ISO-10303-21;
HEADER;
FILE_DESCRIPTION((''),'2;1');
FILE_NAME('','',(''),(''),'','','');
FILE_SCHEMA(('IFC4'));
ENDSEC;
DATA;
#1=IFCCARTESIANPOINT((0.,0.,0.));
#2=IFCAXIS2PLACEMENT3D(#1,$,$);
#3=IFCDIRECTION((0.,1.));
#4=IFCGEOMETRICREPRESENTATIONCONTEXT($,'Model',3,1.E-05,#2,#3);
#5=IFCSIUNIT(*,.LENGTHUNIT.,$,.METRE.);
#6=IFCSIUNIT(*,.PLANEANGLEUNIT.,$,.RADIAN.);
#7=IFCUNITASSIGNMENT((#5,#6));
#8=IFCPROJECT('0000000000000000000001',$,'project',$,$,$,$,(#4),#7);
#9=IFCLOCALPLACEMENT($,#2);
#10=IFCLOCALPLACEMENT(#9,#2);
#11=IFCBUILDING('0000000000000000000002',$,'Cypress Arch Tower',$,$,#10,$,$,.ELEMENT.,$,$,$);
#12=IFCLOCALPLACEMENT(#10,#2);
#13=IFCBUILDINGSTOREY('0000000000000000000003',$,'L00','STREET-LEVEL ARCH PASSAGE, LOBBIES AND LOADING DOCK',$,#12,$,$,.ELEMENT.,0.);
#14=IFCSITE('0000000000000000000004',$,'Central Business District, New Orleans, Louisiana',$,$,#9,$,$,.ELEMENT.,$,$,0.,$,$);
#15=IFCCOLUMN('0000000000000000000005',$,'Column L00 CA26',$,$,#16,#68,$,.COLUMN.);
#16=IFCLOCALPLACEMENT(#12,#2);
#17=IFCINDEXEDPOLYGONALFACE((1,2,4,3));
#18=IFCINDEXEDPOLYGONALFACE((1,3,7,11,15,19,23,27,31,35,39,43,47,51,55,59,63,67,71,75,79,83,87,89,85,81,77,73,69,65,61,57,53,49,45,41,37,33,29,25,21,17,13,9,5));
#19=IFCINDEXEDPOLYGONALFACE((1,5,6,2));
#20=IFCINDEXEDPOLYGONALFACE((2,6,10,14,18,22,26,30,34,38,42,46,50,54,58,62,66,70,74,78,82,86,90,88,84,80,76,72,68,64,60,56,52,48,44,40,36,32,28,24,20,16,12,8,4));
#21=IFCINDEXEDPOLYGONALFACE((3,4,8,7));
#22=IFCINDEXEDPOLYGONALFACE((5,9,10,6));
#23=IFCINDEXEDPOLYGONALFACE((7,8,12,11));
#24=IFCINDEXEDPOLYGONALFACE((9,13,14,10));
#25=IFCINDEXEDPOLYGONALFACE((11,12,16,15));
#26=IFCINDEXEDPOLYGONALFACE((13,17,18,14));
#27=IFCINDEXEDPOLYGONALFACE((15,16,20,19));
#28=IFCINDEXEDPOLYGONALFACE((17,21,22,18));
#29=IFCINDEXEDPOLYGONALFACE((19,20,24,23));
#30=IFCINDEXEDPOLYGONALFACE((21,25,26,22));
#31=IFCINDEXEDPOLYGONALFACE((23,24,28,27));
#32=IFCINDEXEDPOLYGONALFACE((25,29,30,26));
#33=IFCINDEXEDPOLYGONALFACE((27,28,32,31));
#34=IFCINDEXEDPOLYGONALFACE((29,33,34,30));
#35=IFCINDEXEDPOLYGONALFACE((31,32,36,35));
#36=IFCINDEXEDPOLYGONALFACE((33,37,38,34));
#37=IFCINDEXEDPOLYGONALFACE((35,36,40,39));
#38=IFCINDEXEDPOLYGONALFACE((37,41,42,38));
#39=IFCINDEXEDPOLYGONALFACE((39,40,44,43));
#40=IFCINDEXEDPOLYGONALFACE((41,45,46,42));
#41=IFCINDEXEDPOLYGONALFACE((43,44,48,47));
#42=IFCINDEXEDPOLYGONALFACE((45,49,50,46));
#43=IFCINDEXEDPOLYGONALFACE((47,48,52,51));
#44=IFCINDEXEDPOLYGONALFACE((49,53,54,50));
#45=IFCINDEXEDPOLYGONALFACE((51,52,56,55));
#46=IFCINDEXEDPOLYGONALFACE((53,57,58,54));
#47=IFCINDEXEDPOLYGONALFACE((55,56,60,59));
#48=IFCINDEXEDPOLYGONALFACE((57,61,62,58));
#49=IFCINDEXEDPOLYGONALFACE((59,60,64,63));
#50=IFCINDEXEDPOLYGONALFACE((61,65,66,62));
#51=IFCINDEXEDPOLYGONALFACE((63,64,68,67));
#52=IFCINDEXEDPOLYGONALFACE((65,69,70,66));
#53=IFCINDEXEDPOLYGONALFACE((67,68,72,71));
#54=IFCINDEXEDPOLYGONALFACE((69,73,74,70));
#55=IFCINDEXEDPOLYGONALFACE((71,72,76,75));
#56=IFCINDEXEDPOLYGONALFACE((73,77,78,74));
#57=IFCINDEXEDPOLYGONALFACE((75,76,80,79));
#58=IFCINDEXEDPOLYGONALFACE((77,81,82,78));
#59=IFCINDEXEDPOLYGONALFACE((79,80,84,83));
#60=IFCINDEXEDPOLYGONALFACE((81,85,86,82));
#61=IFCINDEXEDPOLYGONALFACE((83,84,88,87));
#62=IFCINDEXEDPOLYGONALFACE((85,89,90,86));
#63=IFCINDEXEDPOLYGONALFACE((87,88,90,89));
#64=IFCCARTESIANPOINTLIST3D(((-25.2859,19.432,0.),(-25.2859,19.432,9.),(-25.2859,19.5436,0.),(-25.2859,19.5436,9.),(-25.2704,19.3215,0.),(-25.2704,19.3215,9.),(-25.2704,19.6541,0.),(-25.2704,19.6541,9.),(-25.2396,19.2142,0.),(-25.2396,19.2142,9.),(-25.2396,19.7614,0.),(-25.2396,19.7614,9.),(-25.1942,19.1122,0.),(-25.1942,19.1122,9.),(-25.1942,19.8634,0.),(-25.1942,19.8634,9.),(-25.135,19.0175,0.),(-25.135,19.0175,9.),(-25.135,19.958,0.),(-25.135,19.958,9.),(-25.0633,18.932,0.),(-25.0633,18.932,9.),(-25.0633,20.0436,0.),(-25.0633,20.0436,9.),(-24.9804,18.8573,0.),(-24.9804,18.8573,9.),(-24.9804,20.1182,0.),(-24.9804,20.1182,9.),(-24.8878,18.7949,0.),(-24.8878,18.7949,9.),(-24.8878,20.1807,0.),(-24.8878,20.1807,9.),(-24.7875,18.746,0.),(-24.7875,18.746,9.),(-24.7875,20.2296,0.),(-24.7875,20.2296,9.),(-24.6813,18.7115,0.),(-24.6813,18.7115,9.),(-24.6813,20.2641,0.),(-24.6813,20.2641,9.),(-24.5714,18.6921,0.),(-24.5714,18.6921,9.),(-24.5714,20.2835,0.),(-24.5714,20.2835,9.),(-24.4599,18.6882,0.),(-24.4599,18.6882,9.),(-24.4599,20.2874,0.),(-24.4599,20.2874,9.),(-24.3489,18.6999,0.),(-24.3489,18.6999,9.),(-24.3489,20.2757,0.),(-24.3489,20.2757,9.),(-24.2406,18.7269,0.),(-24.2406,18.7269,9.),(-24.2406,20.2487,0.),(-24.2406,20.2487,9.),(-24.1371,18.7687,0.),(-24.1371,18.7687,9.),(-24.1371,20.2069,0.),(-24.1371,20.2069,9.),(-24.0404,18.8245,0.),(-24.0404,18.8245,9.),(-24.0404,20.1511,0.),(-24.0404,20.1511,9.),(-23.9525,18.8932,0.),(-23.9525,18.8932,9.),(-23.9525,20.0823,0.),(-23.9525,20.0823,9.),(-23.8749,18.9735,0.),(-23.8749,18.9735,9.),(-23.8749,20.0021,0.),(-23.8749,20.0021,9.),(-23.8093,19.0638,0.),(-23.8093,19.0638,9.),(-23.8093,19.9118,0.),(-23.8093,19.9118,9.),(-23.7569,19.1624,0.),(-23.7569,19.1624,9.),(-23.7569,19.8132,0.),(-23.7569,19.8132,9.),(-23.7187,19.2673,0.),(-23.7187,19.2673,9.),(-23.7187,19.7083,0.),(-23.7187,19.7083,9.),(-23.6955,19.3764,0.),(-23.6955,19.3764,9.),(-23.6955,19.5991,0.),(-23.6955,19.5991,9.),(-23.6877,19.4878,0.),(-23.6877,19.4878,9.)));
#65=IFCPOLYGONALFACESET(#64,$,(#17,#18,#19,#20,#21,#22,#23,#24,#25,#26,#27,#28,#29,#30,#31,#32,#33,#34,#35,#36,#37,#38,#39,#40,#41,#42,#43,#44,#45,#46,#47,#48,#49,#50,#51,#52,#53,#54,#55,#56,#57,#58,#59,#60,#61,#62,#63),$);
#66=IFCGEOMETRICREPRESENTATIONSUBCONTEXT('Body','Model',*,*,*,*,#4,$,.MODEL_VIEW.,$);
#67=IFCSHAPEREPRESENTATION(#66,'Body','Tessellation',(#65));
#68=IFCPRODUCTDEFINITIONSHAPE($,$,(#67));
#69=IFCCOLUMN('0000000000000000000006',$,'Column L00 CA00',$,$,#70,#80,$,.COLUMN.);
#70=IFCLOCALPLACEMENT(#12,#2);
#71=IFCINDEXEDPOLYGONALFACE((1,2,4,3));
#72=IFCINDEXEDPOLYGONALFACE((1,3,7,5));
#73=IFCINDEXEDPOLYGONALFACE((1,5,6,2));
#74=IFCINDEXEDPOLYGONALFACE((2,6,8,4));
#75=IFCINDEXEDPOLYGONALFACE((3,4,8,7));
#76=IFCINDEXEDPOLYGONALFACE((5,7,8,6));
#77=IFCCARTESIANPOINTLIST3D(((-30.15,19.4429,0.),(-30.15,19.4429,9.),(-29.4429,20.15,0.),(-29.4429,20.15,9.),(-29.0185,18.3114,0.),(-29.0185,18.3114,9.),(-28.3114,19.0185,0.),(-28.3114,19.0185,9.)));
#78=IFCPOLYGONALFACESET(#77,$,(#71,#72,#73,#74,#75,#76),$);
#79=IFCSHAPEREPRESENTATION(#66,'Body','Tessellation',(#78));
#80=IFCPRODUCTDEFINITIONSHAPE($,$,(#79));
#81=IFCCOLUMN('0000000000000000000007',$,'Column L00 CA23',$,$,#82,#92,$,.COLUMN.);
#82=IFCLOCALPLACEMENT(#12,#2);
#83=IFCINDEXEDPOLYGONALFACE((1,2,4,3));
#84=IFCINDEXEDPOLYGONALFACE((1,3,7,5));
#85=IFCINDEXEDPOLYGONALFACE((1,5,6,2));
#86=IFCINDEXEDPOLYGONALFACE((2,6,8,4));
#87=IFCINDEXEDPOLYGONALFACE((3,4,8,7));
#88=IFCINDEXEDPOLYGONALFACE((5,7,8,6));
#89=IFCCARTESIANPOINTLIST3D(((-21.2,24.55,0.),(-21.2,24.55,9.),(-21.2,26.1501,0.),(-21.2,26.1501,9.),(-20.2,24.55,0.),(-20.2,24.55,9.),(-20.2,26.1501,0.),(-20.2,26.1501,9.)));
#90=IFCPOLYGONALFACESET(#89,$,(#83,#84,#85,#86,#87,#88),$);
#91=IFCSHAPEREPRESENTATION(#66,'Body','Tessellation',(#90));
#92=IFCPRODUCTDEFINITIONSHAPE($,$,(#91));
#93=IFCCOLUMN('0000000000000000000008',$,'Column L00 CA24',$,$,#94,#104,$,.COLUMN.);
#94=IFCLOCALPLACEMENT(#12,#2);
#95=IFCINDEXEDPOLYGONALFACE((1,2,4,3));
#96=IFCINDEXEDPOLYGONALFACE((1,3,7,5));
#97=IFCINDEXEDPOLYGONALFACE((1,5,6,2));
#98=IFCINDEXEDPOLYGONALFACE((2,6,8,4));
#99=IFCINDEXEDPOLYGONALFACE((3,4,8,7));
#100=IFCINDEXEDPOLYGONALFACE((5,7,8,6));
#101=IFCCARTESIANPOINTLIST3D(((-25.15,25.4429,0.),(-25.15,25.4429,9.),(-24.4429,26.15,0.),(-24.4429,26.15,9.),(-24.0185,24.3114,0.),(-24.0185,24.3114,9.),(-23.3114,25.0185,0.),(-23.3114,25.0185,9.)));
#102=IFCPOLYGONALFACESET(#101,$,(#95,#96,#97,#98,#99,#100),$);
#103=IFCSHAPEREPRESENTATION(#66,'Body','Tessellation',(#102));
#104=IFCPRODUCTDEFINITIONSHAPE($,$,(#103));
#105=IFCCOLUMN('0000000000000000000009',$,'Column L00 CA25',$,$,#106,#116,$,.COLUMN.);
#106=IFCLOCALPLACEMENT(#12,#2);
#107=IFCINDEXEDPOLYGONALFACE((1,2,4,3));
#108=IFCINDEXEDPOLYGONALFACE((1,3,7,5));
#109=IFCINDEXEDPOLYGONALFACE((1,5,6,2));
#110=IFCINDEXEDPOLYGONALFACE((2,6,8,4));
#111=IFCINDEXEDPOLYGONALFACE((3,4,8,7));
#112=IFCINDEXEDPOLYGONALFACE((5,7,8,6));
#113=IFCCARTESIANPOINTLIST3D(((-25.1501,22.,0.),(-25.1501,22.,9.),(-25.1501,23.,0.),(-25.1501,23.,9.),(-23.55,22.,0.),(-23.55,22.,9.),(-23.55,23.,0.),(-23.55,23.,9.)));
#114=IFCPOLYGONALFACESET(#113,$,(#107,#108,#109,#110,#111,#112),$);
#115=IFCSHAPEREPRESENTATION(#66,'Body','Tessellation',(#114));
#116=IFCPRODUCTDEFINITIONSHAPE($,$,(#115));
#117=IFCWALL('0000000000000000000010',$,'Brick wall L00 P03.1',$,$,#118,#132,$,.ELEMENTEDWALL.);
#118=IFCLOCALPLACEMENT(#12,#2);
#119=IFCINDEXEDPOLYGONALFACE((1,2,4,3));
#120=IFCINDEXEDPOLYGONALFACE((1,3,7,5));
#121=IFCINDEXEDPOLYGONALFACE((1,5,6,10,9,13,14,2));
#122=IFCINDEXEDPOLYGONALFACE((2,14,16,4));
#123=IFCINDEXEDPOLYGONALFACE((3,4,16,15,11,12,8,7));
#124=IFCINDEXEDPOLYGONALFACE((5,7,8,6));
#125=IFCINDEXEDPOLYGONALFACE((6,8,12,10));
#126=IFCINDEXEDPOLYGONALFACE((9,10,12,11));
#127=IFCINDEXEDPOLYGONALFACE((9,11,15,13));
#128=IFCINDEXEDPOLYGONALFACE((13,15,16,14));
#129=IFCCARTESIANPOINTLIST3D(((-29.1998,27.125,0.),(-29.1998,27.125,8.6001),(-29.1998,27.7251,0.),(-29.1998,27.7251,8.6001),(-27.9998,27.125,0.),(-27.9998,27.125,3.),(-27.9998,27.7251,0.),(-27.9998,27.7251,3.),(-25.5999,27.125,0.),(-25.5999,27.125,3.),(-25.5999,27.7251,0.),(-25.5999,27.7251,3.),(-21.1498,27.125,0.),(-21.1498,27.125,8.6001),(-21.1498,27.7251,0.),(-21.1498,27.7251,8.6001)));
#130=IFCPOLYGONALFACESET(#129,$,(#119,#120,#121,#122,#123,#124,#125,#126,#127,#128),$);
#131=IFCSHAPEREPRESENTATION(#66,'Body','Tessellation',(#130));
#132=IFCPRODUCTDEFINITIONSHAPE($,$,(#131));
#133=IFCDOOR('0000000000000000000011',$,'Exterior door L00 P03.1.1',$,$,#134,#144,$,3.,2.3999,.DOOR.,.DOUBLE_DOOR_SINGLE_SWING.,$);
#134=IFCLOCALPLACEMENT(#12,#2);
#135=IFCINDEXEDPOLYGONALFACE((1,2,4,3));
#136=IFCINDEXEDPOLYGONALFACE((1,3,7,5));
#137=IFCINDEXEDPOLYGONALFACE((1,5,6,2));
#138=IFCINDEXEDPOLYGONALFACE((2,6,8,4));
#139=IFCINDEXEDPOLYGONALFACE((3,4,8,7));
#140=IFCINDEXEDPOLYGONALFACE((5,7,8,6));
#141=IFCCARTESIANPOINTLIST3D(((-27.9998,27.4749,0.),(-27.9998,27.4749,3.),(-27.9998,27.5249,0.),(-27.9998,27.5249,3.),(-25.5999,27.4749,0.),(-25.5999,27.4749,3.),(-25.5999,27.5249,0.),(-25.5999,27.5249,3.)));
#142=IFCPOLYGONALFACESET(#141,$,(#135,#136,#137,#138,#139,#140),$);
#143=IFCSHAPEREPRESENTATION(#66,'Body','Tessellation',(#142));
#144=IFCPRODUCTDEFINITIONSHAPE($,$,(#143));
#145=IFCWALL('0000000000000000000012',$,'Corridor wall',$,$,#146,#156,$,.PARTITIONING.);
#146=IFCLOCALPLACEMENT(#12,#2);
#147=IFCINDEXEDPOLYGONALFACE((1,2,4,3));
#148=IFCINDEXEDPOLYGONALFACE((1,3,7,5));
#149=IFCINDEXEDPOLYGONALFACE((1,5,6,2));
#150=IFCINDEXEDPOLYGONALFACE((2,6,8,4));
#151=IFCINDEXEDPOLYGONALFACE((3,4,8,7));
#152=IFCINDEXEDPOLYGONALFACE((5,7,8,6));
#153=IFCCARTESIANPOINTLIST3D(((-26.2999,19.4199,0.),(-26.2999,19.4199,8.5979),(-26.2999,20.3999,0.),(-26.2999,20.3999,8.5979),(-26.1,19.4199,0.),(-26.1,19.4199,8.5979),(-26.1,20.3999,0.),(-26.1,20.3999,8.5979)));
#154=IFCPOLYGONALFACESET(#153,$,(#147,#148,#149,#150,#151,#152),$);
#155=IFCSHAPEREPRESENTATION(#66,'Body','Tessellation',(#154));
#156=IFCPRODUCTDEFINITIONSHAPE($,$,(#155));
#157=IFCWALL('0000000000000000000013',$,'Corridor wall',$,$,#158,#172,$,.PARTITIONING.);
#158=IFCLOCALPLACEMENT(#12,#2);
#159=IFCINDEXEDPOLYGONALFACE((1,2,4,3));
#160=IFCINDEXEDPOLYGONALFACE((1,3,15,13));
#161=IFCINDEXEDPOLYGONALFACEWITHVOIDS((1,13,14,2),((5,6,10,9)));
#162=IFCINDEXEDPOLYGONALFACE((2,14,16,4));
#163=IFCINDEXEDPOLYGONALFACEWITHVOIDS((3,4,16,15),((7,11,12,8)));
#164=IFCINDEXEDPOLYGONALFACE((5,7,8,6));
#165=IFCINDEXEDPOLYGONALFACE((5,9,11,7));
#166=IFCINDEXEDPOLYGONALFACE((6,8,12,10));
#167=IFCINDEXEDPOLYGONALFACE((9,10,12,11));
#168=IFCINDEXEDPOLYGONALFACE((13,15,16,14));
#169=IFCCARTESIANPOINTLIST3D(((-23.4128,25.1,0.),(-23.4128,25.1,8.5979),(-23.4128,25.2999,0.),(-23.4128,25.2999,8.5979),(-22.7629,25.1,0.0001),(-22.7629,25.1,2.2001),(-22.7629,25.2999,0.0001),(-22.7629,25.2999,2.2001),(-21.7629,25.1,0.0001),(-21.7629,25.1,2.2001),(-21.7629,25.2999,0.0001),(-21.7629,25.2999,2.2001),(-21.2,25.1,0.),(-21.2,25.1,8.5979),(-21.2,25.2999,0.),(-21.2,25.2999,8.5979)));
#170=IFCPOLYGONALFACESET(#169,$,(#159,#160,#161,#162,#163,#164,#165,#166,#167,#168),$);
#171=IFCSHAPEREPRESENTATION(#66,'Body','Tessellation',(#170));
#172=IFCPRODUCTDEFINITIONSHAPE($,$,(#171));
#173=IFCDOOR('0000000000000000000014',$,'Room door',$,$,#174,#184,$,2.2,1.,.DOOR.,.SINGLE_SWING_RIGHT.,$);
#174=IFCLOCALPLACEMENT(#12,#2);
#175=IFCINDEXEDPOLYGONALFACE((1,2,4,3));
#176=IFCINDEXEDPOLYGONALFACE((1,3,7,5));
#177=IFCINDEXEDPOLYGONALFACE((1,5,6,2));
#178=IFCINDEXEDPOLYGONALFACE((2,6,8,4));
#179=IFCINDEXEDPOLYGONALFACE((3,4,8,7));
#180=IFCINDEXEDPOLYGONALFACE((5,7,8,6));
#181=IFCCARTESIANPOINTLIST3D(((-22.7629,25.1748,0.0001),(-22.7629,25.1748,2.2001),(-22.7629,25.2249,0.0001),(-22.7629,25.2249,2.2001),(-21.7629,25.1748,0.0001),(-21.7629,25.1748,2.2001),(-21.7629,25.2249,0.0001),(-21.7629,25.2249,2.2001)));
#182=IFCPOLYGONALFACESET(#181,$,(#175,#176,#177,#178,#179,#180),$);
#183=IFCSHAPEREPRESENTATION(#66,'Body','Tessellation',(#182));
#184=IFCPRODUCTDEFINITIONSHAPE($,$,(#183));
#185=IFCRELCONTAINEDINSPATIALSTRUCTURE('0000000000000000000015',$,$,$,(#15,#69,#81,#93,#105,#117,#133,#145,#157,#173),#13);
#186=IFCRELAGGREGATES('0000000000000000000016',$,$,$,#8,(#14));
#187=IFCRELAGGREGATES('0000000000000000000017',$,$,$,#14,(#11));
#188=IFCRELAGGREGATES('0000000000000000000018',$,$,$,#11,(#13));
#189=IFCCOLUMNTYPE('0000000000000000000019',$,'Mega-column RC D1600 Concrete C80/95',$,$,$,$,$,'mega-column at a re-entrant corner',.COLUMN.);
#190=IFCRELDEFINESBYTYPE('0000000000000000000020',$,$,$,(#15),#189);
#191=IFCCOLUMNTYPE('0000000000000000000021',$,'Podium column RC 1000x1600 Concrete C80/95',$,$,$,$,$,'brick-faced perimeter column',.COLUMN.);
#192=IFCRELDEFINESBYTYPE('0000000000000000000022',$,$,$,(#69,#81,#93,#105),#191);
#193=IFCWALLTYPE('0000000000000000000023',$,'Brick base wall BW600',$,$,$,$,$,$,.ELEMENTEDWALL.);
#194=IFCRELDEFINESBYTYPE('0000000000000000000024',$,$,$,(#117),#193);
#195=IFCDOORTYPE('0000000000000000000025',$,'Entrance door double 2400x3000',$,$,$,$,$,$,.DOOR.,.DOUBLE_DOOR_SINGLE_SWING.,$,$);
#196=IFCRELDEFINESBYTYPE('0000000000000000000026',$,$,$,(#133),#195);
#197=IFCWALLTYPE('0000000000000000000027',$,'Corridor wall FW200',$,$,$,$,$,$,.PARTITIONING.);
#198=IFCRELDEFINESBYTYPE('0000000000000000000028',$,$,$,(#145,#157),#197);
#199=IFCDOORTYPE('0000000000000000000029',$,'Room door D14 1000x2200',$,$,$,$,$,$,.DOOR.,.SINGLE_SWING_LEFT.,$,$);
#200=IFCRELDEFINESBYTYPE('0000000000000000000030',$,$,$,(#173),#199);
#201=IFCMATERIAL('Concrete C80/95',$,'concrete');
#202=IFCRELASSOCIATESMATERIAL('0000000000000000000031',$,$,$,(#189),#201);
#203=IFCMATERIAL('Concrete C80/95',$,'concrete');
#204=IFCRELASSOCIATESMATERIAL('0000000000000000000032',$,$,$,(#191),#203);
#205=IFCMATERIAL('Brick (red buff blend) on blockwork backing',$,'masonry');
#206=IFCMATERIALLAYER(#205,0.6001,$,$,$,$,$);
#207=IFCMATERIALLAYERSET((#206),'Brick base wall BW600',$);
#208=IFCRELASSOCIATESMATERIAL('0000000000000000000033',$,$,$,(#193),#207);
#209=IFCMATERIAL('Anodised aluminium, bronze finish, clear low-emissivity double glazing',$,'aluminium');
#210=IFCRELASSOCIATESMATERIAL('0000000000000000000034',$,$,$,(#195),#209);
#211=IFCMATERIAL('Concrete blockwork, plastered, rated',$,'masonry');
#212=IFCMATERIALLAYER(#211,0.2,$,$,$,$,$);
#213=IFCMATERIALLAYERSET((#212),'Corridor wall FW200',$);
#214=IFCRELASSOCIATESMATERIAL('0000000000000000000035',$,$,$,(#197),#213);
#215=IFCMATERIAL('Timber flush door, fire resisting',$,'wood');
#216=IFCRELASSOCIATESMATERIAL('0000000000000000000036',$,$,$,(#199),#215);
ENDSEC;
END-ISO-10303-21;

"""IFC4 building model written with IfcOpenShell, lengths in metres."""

from ifc_helpers import new_model, si_unit, direction, frame, frame_2d, origin, origin_2d, place, context, subcontext, project, spatial, rectangle, circle, extrude, material, layer, layer_set, material_profile, profile_set, type_object, element, fill, save


model = new_model("IFC4")

# Units and contexts
model_context = context("Model", 3, precision=1e-05, world=origin(), true_north=direction((0.0, 1.0)))
body_context = subcontext(model_context, "Body", "Model", "MODEL_VIEW")
ifc_project = project(units=[si_unit("LENGTHUNIT", "METRE"), si_unit("PLANEANGLEUNIT", "RADIAN")], contexts=[model_context])

# Site, building, storey
site_placement = place(None, origin())
site = spatial("IfcSite", under=ifc_project, at=site_placement, Name="Central Business District, New Orleans, Louisiana", CompositionType="ELEMENT", RefElevation=0.0)
building_placement = place(site_placement, origin())
building = spatial("IfcBuilding", under=site, at=building_placement, Name="Cypress Arch Tower", CompositionType="ELEMENT")
storey_placement = place(building_placement, origin())
storey = spatial("IfcBuildingStorey", under=building, at=storey_placement, Name="L00", Description="STREET-LEVEL ARCH PASSAGE, LOBBIES AND LOADING DOCK", CompositionType="ELEMENT", Elevation=0.0)

# Columns
ifc_material_1 = material(Name="Concrete C80/95", Category="concrete")
ifc_material_profile_1 = material_profile(ifc_material_1, circle(Radius=0.8, at=origin_2d()), Name="RC D1600")
ifc_profile_set_1 = profile_set([ifc_material_profile_1], Name="Concrete C80/95")
column_type_1 = type_object("IfcColumnType", Name="Mega-column RC D1600 Concrete C80/95", ElementType="mega-column at a re-entrant corner", PredefinedType="COLUMN", material=ifc_profile_set_1)
column_1_placement = place(storey_placement, frame((-24.4878, 19.4878, 0.0), z_axis=(0.0, 0.0, 1.0), x_axis=(1.0, 0.0, 0.0)))
element("IfcColumn", 1, at=column_1_placement, inside=storey, type_object=column_type_1, Name="Column L00 CA26", PredefinedType="COLUMN", context=body_context, shape_type="SweptSolid", body=[
    extrude(circle(Radius=0.8, at=origin_2d()), origin(), (0.0, 0.0, 1.0), 9.0),
])
ifc_material_2 = material(Name="Concrete C80/95", Category="concrete")
ifc_material_profile_2 = material_profile(ifc_material_2, rectangle(XDim=1.0, YDim=1.6001, at=origin_2d()), Name="RC 1000x1600")
ifc_profile_set_2 = profile_set([ifc_material_profile_2], Name="Concrete C80/95")
column_type_2 = type_object("IfcColumnType", Name="Podium column RC 1000x1600 Concrete C80/95", ElementType="brick-faced perimeter column", PredefinedType="COLUMN", material=ifc_profile_set_2)
for number, where, z_axis, x_axis, name in (
    (2, (-29.2307, 19.2307, 0.0), (0.0, 0.0, 1.0), (-0.707107, -0.707107, 0.0), "Column L00 CA00"),
    (3, (-20.7, 25.3501, 0.0), (0.0, 0.0, 1.0), (-1.0, 0.0, 0.0), "Column L00 CA23"),
    (4, (-24.2307, 25.2307, 0.0), (0.0, 0.0, 1.0), (-0.707107, -0.707107, 0.0), "Column L00 CA24"),
    (5, (-24.3501, 22.5, 0.0), (0.0, 0.0, 1.0), (0.0, -1.0, 0.0), "Column L00 CA25"),
):
    element("IfcColumn", number, at=place(storey_placement, frame(where, z_axis=z_axis, x_axis=x_axis)), inside=storey, type_object=column_type_2, Name=name, PredefinedType="COLUMN", context=body_context, shape_type="SweptSolid", body=[
        extrude(rectangle(XDim=1.0, YDim=1.6001, at=origin_2d()), origin(), (0.0, 0.0, 1.0), 9.0),
    ])

# Wall, opening, door
ifc_material_3 = material(Name="Brick (red buff blend) on blockwork backing", Category="masonry")
ifc_layer_1 = layer(ifc_material_3, 0.6001)
ifc_layer_set_1 = layer_set([ifc_layer_1], Name="Brick base wall BW600")
wall_type_1 = type_object("IfcWallType", Name="Brick base wall BW600", PredefinedType="ELEMENTEDWALL", material=ifc_layer_set_1)
wall_1_placement = place(storey_placement, frame((-21.1499, 27.425, 0.0), z_axis=(0.0, 0.0, 1.0), x_axis=(-1.0, 0.0, 0.0)))
wall_1 = element("IfcWall", 6, at=wall_1_placement, inside=storey, type_object=wall_type_1, Name="Brick wall L00 P03.1", PredefinedType="ELEMENTEDWALL", context=body_context, shape_type="SweptSolid", body=[
    extrude(rectangle(XDim=8.05, YDim=0.6001, at=frame_2d((4.0249, 0.0))), origin(), (0.0, 0.0, 1.0), 8.6001),
])
opening_1_placement = place(wall_1_placement, frame((4.45, 0.0, 0.0)))
opening_1 = element("IfcOpeningElement", 7, at=opening_1_placement, cuts=wall_1, PredefinedType="OPENING", context=body_context, shape_type="SweptSolid", body=[
    extrude(rectangle(XDim=2.3999, YDim=3.0, at=frame_2d((1.2, 1.5))), frame((0.0, 0.3101, 0.0), z_axis=(0.0, -1.0, 0.0), x_axis=(1.0, 0.0, 0.0)), (0.0, 0.0, 1.0), 0.6201),
])
ifc_material_4 = material(Name="Anodised aluminium, bronze finish, clear low-emissivity double glazing", Category="aluminium")
door_type_1 = type_object("IfcDoorType", Name="Entrance door double 2400x3000", OperationType="DOUBLE_DOOR_SINGLE_SWING", PredefinedType="DOOR", material=ifc_material_4)
door_1_placement = place(opening_1_placement, origin())
door_1 = element("IfcDoor", 8, at=door_1_placement, inside=storey, type_object=door_type_1, Name="Exterior door L00 P03.1.1", OperationType="DOUBLE_DOOR_SINGLE_SWING", OverallHeight=3.0, OverallWidth=2.3999, PredefinedType="DOOR", context=body_context, shape_type="SweptSolid", body=[
    extrude(rectangle(XDim=2.3999, YDim=3.0, at=frame_2d((1.2, 1.5))), frame((0.0, -0.0498, 0.0), z_axis=(0.0, -1.0, 0.0), x_axis=(1.0, 0.0, 0.0)), (0.0, 0.0, 1.0), 0.05),
])
fill(opening_1, door_1)

# Wall
ifc_material_5 = material(Name="Concrete blockwork, plastered, rated", Category="masonry")
ifc_layer_2 = layer(ifc_material_5, 0.2)
ifc_layer_set_2 = layer_set([ifc_layer_2], Name="Corridor wall FW200")
wall_type_2 = type_object("IfcWallType", Name="Corridor wall FW200", PredefinedType="PARTITIONING", material=ifc_layer_set_2)
wall_2_placement = place(storey_placement, frame((-26.2, 19.4199, 0.0), z_axis=(0.0, 0.0, 1.0), x_axis=(0.0, 1.0, 0.0)))
element("IfcWall", 9, at=wall_2_placement, inside=storey, type_object=wall_type_2, Name="Corridor wall", PredefinedType="PARTITIONING", context=body_context, shape_type="SweptSolid", body=[
    extrude(rectangle(XDim=0.98, YDim=0.2, at=frame_2d((0.49, 0.0))), origin(), (0.0, 0.0, 1.0), 8.5979),
])

# Wall, opening, door
wall_3_placement = place(storey_placement, frame((-23.4128, 25.2, 0.0), z_axis=(0.0, 0.0, 1.0), x_axis=(1.0, 0.0, 0.0)))
wall_3 = element("IfcWall", 10, at=wall_3_placement, inside=storey, type_object=wall_type_2, Name="Corridor wall", PredefinedType="PARTITIONING", context=body_context, shape_type="SweptSolid", body=[
    extrude(rectangle(XDim=2.2129, YDim=0.2, at=frame_2d((1.1064, 0.0))), origin(), (0.0, 0.0, 1.0), 8.5979),
])
opening_2_placement = place(wall_3_placement, frame((0.6499, 0.0, 0.0)))
opening_2 = element("IfcOpeningElement", 11, at=opening_2_placement, cuts=wall_3, PredefinedType="OPENING", context=body_context, shape_type="SweptSolid", body=[
    extrude(rectangle(XDim=1.0, YDim=2.2, at=frame_2d((0.5, 1.1001))), frame((0.0, 0.1099, 0.0), z_axis=(0.0, -1.0, 0.0), x_axis=(1.0, 0.0, 0.0)), (0.0, 0.0, 1.0), 0.22),
])
ifc_material_6 = material(Name="Timber flush door, fire resisting", Category="wood")
door_type_2 = type_object("IfcDoorType", Name="Room door D14 1000x2200", OperationType="SINGLE_SWING_LEFT", PredefinedType="DOOR", material=ifc_material_6)
door_2_placement = place(opening_2_placement, origin())
door_2 = element("IfcDoor", 12, at=door_2_placement, inside=storey, type_object=door_type_2, Name="Room door", OperationType="SINGLE_SWING_RIGHT", OverallHeight=2.2, OverallWidth=1.0, PredefinedType="DOOR", context=body_context, shape_type="SweptSolid", body=[
    extrude(rectangle(XDim=1.0, YDim=2.2, at=frame_2d((0.5, 1.1001))), frame((0.0, 0.0249, 0.0), z_axis=(0.0, -1.0, 0.0), x_axis=(1.0, 0.0, 0.0)), (0.0, 0.0, 1.0), 0.05),
])
fill(opening_2, door_2)

save(model, "model.ifc")
